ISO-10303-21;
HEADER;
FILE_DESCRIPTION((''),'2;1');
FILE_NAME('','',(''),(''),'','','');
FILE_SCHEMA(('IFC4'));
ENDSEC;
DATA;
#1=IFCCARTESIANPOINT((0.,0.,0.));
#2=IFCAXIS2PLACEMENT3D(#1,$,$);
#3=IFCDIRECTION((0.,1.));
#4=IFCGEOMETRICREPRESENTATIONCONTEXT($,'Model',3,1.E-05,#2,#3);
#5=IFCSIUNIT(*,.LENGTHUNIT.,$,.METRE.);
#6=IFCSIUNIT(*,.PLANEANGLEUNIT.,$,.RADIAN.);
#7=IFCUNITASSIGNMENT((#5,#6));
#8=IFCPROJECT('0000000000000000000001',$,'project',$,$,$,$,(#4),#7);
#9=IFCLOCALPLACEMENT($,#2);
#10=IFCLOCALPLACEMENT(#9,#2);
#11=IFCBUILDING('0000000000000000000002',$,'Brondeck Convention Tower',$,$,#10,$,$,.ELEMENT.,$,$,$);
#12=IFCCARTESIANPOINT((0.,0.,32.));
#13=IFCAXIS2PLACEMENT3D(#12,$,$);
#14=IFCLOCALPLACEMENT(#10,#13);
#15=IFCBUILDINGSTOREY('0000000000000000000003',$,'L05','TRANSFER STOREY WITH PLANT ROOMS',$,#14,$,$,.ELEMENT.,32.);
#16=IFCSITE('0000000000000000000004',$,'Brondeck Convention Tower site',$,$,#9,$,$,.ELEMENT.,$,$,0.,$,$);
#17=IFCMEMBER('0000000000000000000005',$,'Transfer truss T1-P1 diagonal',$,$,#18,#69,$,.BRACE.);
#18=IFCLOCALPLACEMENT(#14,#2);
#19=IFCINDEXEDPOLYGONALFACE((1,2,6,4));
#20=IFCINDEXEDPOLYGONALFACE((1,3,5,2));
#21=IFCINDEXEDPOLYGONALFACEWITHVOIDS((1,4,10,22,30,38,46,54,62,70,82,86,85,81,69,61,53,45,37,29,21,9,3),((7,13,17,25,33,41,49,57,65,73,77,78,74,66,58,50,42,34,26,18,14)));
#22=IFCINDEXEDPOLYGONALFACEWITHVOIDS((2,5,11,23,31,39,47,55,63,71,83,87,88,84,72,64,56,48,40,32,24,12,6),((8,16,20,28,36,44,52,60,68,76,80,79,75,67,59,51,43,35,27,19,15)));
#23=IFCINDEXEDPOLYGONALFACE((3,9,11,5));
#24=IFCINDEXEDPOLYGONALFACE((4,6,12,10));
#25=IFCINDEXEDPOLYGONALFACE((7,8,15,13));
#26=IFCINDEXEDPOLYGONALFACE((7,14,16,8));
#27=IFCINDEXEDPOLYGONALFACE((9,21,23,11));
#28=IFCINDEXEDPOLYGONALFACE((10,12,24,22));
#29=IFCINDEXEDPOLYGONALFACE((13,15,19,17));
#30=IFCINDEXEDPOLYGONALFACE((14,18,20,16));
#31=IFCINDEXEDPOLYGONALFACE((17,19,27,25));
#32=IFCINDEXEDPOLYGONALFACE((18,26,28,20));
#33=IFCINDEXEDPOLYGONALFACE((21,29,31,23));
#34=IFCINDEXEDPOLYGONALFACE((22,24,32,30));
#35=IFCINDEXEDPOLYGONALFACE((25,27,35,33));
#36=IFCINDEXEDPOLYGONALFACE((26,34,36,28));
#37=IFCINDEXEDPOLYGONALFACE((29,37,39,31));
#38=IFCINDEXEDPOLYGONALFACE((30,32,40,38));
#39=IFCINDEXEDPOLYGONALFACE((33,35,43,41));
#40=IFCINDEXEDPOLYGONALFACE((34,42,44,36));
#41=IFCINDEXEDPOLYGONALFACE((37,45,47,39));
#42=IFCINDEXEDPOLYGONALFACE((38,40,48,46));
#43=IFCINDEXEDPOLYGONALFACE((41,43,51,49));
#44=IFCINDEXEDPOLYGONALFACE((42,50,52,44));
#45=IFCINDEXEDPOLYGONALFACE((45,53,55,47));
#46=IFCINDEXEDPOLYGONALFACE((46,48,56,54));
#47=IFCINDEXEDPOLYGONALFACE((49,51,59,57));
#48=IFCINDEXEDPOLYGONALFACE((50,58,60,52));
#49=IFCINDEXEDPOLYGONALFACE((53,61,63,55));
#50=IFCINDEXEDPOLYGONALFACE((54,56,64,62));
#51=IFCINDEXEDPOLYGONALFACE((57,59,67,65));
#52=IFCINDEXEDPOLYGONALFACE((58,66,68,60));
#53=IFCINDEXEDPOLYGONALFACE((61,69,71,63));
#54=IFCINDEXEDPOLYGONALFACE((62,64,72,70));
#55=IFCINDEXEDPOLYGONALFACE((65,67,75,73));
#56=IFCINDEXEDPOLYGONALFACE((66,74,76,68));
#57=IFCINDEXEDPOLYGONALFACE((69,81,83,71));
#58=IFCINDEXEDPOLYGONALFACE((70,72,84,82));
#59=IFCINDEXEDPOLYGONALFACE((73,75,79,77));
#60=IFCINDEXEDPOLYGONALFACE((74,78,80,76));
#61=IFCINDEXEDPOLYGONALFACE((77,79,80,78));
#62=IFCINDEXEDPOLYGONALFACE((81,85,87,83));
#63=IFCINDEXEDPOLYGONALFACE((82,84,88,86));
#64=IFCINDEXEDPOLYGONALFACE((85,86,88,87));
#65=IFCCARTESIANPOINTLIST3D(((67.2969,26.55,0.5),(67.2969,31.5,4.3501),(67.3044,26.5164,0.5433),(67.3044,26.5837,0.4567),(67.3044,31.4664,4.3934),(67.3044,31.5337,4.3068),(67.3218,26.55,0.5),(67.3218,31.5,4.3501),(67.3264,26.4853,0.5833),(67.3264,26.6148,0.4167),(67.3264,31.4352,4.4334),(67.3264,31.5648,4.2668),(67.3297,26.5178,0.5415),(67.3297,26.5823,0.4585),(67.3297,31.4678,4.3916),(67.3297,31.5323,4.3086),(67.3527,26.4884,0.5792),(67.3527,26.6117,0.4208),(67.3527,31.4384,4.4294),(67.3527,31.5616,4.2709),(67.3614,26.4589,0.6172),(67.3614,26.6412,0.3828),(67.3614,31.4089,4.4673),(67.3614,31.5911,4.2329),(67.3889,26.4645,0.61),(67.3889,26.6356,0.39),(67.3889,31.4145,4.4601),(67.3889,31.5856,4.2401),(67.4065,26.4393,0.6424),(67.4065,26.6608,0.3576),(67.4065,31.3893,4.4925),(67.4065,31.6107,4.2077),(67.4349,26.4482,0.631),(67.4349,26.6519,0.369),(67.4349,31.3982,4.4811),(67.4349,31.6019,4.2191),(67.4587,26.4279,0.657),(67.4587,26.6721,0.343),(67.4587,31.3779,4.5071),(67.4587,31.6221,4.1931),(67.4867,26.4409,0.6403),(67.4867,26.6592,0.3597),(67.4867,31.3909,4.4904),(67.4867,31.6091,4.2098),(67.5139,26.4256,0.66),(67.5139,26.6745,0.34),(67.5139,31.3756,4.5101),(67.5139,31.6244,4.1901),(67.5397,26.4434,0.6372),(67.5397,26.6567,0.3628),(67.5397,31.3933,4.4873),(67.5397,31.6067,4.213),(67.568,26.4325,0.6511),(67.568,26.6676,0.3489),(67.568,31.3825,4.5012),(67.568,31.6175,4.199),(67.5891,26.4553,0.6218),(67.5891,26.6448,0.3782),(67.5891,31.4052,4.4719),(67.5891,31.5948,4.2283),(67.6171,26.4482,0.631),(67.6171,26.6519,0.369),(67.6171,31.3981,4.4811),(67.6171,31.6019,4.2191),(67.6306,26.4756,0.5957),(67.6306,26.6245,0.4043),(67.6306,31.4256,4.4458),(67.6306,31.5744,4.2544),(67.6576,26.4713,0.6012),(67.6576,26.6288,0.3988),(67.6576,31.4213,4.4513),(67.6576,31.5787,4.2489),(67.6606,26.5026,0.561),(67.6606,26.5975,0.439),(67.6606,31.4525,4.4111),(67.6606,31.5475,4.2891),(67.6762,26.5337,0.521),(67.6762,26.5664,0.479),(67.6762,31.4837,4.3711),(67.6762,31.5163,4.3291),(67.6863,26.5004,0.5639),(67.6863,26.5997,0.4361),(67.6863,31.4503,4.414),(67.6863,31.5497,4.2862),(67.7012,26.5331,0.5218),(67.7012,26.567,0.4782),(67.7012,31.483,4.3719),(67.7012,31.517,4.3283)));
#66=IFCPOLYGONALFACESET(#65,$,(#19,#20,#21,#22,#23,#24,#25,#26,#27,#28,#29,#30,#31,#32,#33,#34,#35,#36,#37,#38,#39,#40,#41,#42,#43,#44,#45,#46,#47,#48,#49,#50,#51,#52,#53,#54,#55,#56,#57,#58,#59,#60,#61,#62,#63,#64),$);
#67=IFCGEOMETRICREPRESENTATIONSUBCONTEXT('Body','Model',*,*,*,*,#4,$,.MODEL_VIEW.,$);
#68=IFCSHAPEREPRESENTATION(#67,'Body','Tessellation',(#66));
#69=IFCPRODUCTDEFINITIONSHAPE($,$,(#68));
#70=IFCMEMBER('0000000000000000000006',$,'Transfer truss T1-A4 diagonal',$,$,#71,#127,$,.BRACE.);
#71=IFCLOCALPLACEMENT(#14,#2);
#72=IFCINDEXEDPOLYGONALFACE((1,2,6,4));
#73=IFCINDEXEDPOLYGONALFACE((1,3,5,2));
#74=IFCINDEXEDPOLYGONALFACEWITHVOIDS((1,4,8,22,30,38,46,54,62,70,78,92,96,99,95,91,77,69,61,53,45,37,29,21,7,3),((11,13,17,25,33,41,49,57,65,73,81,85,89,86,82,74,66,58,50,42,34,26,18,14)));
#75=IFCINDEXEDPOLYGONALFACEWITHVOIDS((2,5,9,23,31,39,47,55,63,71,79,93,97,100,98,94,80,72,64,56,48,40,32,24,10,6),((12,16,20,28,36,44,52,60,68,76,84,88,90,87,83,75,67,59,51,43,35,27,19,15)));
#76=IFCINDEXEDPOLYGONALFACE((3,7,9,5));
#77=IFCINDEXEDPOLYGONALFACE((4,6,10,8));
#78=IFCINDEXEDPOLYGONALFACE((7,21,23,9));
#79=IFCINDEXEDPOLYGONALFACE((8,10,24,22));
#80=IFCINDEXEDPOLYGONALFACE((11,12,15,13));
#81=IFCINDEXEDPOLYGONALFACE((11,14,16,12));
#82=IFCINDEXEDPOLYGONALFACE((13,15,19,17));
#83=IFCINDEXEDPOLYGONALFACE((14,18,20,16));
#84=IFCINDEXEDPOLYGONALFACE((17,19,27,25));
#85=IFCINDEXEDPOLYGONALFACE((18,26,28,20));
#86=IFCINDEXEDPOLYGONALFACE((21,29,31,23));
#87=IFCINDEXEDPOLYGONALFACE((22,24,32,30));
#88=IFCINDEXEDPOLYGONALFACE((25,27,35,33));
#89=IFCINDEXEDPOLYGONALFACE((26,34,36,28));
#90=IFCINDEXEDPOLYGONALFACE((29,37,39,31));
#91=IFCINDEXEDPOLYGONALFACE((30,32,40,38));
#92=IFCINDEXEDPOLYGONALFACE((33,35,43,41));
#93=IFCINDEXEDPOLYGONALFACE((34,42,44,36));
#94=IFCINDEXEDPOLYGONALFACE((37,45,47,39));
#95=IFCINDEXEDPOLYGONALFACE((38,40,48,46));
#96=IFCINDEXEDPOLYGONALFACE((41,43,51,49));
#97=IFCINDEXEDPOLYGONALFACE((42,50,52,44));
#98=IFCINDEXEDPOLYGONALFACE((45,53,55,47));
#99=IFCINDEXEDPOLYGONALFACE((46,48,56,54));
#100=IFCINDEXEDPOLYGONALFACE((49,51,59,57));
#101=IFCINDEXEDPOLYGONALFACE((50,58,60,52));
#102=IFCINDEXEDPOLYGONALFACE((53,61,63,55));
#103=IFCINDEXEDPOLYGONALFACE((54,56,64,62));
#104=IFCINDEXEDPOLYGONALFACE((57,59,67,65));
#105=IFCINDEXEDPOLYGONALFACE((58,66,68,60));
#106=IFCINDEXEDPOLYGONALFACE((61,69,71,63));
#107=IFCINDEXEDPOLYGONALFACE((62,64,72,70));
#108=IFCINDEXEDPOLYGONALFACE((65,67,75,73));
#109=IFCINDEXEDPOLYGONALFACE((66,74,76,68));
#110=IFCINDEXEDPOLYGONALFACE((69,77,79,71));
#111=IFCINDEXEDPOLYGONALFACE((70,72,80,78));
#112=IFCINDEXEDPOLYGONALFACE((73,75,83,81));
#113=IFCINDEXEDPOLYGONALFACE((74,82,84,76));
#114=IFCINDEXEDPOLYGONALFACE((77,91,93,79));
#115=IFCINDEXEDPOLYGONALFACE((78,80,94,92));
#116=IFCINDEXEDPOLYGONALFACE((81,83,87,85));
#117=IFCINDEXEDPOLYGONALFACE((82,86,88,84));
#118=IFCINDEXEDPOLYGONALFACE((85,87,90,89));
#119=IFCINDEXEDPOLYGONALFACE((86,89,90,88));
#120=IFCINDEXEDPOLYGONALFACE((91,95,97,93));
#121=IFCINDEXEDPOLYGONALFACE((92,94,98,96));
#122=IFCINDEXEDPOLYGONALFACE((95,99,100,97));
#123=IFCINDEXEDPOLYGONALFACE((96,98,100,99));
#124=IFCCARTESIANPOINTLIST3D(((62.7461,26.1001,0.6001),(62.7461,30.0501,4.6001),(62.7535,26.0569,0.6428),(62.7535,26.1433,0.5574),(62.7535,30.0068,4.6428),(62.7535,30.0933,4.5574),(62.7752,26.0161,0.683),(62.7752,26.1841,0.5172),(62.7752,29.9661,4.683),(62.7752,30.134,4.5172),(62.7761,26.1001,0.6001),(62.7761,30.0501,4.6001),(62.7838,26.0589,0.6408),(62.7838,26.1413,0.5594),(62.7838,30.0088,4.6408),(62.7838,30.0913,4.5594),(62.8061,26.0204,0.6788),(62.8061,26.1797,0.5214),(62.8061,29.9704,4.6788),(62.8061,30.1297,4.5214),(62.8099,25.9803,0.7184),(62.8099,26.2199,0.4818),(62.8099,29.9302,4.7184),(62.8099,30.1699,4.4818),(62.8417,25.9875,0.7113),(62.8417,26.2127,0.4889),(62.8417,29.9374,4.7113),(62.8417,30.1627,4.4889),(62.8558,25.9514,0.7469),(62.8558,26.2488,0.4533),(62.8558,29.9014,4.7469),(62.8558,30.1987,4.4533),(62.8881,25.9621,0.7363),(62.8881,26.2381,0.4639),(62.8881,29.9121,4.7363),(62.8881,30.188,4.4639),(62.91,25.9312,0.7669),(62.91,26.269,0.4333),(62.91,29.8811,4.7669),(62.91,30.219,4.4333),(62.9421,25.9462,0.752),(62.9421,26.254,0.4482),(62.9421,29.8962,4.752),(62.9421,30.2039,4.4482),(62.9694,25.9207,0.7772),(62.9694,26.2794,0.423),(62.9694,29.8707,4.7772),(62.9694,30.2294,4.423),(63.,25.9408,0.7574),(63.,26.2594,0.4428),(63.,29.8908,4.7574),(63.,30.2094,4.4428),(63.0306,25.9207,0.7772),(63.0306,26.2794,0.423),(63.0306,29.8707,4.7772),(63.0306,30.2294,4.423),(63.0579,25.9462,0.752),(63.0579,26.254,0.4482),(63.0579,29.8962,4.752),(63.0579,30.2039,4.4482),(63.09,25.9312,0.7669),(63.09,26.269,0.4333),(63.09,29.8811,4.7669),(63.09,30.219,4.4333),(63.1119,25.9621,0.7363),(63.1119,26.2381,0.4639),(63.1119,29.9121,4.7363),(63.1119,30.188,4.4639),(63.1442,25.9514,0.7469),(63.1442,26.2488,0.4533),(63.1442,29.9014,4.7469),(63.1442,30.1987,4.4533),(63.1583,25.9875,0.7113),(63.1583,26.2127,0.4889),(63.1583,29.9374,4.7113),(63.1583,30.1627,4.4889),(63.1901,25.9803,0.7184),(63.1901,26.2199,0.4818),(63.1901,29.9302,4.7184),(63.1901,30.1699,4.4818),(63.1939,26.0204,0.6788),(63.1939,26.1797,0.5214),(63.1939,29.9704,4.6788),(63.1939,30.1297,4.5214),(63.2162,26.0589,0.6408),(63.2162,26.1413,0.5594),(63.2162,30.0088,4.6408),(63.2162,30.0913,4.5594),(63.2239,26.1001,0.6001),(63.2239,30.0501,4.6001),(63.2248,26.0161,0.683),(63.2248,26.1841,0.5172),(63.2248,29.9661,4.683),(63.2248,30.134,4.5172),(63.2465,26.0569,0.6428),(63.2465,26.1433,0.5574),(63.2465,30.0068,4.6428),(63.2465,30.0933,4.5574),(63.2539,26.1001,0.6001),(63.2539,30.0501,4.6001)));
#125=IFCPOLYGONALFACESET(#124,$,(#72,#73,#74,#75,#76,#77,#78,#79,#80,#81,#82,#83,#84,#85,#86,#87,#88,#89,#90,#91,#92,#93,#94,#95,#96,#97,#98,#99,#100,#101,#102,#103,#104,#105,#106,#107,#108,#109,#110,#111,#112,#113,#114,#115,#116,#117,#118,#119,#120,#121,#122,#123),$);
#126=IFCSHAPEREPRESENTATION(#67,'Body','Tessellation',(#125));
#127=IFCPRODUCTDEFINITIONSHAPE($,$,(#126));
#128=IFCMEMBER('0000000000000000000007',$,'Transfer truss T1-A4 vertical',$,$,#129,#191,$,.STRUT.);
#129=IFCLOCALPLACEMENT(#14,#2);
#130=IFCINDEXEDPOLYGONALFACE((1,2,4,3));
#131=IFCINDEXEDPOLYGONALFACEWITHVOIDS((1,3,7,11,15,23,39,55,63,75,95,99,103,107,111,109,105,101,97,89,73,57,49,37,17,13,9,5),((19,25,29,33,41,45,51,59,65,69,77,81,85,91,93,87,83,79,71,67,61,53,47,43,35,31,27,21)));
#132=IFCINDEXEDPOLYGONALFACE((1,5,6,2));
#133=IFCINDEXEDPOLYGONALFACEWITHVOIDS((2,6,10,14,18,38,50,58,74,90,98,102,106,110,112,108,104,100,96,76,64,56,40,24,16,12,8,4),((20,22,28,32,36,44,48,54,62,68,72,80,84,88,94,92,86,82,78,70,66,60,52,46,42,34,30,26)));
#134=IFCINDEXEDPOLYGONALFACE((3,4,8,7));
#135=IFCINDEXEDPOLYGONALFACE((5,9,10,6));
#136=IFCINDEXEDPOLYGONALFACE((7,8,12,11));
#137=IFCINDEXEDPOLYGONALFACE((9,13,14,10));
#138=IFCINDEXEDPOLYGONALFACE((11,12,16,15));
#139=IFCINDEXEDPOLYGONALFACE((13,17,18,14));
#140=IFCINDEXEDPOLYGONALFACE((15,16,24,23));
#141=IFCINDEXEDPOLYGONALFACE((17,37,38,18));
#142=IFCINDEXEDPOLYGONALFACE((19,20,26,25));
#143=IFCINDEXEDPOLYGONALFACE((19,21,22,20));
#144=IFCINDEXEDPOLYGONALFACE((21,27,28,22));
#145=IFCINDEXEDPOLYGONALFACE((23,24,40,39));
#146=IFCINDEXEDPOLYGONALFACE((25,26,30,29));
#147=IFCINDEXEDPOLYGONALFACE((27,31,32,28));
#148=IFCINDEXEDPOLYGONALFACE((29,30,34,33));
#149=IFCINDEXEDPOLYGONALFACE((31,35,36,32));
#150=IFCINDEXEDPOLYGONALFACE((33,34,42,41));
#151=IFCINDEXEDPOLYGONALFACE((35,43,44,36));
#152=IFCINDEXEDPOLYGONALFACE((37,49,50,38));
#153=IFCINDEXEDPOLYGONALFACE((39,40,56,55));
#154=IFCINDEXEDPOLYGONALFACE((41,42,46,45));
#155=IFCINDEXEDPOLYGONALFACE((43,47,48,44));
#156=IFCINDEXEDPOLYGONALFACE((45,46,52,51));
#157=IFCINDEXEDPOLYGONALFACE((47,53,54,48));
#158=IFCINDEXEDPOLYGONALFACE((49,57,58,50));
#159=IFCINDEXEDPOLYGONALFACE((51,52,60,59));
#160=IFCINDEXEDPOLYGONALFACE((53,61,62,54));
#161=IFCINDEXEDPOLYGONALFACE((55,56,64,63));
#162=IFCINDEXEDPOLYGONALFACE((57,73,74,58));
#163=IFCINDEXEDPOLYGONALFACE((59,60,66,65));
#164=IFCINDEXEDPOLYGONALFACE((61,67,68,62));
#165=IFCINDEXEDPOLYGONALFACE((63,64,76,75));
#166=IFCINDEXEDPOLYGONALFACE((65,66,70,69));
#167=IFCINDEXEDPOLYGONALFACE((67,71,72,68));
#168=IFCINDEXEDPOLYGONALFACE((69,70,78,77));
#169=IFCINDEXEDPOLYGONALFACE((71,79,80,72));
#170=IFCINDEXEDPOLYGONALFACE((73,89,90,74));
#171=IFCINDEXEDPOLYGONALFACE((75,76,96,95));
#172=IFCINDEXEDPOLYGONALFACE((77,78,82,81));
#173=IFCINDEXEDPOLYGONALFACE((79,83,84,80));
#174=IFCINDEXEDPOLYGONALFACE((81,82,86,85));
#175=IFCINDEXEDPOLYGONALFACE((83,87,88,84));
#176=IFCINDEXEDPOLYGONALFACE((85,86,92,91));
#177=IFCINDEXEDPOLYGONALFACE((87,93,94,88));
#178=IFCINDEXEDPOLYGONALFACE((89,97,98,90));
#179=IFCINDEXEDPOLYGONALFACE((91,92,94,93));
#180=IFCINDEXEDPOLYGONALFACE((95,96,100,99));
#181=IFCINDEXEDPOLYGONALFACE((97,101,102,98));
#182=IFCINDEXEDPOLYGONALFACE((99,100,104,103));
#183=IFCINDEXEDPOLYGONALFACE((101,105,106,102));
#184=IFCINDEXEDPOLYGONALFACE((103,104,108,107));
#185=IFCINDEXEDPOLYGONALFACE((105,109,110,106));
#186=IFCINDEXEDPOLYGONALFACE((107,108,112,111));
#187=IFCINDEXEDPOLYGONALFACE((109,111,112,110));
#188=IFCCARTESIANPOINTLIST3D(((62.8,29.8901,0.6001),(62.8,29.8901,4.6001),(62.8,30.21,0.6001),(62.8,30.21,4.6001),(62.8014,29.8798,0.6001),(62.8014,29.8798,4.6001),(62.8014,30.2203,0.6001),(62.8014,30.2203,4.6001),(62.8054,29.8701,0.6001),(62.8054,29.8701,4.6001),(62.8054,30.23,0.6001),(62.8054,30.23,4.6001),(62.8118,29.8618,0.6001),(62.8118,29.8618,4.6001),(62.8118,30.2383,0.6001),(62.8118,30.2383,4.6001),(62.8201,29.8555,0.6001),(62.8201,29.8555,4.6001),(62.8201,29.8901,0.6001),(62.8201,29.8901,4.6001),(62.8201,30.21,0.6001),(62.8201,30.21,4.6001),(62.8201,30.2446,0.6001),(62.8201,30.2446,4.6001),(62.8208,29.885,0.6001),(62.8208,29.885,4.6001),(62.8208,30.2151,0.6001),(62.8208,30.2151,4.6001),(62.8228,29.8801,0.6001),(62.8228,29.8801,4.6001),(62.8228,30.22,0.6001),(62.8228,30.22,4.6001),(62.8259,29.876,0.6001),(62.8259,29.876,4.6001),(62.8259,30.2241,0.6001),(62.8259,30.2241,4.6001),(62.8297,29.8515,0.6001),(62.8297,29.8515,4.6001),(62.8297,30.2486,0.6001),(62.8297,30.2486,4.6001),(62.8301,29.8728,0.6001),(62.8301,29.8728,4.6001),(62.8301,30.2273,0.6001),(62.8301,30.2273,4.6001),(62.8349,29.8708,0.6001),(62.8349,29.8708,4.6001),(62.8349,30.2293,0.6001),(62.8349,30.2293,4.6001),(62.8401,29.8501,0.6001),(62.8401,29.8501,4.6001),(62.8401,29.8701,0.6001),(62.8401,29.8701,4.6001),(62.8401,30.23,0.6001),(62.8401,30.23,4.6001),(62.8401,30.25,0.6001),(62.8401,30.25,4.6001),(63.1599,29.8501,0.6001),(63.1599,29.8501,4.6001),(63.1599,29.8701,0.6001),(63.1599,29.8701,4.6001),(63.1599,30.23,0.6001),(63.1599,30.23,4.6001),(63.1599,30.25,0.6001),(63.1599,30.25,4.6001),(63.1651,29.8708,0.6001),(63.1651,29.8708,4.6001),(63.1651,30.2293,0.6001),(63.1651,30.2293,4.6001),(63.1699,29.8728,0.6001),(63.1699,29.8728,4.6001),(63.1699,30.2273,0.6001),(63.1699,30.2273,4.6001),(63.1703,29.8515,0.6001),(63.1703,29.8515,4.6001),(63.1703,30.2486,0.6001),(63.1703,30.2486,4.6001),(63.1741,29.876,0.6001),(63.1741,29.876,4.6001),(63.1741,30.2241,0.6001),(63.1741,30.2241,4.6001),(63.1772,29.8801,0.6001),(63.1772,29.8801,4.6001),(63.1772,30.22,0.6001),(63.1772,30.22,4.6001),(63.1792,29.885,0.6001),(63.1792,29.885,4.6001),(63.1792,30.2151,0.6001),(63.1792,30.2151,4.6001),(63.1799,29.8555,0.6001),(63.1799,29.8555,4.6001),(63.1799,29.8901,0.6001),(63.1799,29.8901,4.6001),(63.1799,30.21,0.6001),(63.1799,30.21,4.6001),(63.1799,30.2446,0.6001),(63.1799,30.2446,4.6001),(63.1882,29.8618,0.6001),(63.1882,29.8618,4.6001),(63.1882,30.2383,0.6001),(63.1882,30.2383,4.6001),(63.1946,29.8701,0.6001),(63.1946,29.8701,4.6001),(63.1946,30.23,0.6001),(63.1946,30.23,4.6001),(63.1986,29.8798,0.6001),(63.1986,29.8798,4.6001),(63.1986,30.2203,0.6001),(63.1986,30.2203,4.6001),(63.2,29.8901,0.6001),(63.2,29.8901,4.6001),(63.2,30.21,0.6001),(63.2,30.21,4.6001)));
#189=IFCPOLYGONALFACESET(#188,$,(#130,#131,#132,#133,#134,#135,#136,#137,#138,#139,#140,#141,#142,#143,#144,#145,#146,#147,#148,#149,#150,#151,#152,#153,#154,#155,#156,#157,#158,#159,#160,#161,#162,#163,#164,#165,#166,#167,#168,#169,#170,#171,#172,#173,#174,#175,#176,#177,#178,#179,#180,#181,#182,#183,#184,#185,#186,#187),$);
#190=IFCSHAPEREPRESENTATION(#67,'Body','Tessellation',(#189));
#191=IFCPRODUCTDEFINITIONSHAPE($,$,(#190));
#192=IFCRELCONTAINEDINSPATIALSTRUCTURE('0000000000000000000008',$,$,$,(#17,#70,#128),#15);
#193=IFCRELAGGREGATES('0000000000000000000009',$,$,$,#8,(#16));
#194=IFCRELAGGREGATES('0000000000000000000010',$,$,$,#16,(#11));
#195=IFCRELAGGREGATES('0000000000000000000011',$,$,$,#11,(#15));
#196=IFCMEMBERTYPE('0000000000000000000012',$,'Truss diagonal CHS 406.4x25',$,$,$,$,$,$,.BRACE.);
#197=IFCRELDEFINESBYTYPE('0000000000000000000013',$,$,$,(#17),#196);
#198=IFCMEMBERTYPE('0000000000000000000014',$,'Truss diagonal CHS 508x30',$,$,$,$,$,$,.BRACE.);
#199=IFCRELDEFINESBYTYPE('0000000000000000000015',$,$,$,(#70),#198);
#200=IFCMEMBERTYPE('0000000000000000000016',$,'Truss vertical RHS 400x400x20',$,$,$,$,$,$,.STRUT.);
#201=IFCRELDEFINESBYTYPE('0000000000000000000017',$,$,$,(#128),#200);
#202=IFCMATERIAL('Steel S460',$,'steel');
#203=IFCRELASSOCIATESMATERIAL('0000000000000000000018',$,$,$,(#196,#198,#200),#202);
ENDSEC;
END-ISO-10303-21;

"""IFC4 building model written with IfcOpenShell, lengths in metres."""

from ifc_helpers import new_model, si_unit, direction, frame, origin, origin_2d, place, context, subcontext, project, spatial, hollow_rectangle, hollow_circle, extrude, material, material_profile, profile_set, type_object, element, save


model = new_model("IFC4")

# Units and contexts
model_context = context("Model", 3, precision=1e-05, world=origin(), true_north=direction((0.0, 1.0)))
body_context = subcontext(model_context, "Body", "Model", "MODEL_VIEW")
ifc_project = project(units=[si_unit("LENGTHUNIT", "METRE"), si_unit("PLANEANGLEUNIT", "RADIAN")], contexts=[model_context])

# Site, building, storey
site_placement = place(None, origin())
site = spatial("IfcSite", under=ifc_project, at=site_placement, Name="Brondeck Convention Tower site", CompositionType="ELEMENT", RefElevation=0.0)
building_placement = place(site_placement, origin())
building = spatial("IfcBuilding", under=site, at=building_placement, Name="Brondeck Convention Tower", CompositionType="ELEMENT")
storey_placement = place(building_placement, frame((0.0, 0.0, 32.0)))
storey = spatial("IfcBuildingStorey", under=building, at=storey_placement, Name="L05", Description="TRANSFER STOREY WITH PLANT ROOMS", CompositionType="ELEMENT", Elevation=32.0)

# Shared definitions
ifc_material_1 = material(Name="Steel S460", Category="steel")

# Members
ifc_material_profile_1 = material_profile(ifc_material_1, hollow_circle(Radius=0.2031, WallThickness=0.0249, at=origin_2d()), Name="CHS 406.4x25")
ifc_profile_set_1 = profile_set([ifc_material_profile_1], Name="Steel S460")
member_type_1 = type_object("IfcMemberType", Name="Truss diagonal CHS 406.4x25", PredefinedType="BRACE", material=ifc_profile_set_1)
member_1_placement = place(storey_placement, frame((67.5, 26.55, 0.5), z_axis=(0.0, 0.789342, 0.613954), x_axis=(-1.0, 0.0, 0.0)))
element("IfcMember", 1, at=member_1_placement, inside=storey, type_object=member_type_1, Name="Transfer truss T1-P1 diagonal", PredefinedType="BRACE", context=body_context, shape_type="SweptSolid", body=[
    extrude(hollow_circle(Radius=0.2031, WallThickness=0.0249, at=origin_2d()), origin(), (0.0, 0.0, 1.0), 6.271),
])
ifc_material_profile_2 = material_profile(ifc_material_1, hollow_circle(Radius=0.2539, WallThickness=0.03, at=origin_2d()), Name="CHS 508x30")
ifc_profile_set_2 = profile_set([ifc_material_profile_2], Name="Steel S460")
member_type_2 = type_object("IfcMemberType", Name="Truss diagonal CHS 508x30", PredefinedType="BRACE", material=ifc_profile_set_2)
member_2_placement = place(storey_placement, frame((63.0, 26.1001, 0.6001), z_axis=(0.0, 0.702641, 0.711544), x_axis=(-1.0, 0.0, 0.0)))
element("IfcMember", 2, at=member_2_placement, inside=storey, type_object=member_type_2, Name="Transfer truss T1-A4 diagonal", PredefinedType="BRACE", context=body_context, shape_type="SweptSolid", body=[
    extrude(hollow_circle(Radius=0.2539, WallThickness=0.03, at=origin_2d()), origin(), (0.0, 0.0, 1.0), 5.6216),
])
ifc_material_profile_3 = material_profile(ifc_material_1, hollow_rectangle(XDim=0.3999, YDim=0.3999, WallThickness=0.02, InnerFilletRadius=0.02, OuterFilletRadius=0.04, at=origin_2d()), Name="RHS 400x400x20")
ifc_profile_set_3 = profile_set([ifc_material_profile_3], Name="Steel S460")
member_type_3 = type_object("IfcMemberType", Name="Truss vertical RHS 400x400x20", PredefinedType="STRUT", material=ifc_profile_set_3)
member_3_placement = place(storey_placement, frame((63.0, 30.05, 0.6001), z_axis=(0.0, 0.0, 1.0), x_axis=(1.0, 0.0, 0.0)))
element("IfcMember", 3, at=member_3_placement, inside=storey, type_object=member_type_3, Name="Transfer truss T1-A4 vertical", PredefinedType="STRUT", context=body_context, shape_type="SweptSolid", body=[
    extrude(hollow_rectangle(XDim=0.3999, YDim=0.3999, WallThickness=0.02, InnerFilletRadius=0.02, OuterFilletRadius=0.04, at=origin_2d()), origin(), (0.0, 0.0, 1.0), 4.0),
])

save(model, "model.ifc")
